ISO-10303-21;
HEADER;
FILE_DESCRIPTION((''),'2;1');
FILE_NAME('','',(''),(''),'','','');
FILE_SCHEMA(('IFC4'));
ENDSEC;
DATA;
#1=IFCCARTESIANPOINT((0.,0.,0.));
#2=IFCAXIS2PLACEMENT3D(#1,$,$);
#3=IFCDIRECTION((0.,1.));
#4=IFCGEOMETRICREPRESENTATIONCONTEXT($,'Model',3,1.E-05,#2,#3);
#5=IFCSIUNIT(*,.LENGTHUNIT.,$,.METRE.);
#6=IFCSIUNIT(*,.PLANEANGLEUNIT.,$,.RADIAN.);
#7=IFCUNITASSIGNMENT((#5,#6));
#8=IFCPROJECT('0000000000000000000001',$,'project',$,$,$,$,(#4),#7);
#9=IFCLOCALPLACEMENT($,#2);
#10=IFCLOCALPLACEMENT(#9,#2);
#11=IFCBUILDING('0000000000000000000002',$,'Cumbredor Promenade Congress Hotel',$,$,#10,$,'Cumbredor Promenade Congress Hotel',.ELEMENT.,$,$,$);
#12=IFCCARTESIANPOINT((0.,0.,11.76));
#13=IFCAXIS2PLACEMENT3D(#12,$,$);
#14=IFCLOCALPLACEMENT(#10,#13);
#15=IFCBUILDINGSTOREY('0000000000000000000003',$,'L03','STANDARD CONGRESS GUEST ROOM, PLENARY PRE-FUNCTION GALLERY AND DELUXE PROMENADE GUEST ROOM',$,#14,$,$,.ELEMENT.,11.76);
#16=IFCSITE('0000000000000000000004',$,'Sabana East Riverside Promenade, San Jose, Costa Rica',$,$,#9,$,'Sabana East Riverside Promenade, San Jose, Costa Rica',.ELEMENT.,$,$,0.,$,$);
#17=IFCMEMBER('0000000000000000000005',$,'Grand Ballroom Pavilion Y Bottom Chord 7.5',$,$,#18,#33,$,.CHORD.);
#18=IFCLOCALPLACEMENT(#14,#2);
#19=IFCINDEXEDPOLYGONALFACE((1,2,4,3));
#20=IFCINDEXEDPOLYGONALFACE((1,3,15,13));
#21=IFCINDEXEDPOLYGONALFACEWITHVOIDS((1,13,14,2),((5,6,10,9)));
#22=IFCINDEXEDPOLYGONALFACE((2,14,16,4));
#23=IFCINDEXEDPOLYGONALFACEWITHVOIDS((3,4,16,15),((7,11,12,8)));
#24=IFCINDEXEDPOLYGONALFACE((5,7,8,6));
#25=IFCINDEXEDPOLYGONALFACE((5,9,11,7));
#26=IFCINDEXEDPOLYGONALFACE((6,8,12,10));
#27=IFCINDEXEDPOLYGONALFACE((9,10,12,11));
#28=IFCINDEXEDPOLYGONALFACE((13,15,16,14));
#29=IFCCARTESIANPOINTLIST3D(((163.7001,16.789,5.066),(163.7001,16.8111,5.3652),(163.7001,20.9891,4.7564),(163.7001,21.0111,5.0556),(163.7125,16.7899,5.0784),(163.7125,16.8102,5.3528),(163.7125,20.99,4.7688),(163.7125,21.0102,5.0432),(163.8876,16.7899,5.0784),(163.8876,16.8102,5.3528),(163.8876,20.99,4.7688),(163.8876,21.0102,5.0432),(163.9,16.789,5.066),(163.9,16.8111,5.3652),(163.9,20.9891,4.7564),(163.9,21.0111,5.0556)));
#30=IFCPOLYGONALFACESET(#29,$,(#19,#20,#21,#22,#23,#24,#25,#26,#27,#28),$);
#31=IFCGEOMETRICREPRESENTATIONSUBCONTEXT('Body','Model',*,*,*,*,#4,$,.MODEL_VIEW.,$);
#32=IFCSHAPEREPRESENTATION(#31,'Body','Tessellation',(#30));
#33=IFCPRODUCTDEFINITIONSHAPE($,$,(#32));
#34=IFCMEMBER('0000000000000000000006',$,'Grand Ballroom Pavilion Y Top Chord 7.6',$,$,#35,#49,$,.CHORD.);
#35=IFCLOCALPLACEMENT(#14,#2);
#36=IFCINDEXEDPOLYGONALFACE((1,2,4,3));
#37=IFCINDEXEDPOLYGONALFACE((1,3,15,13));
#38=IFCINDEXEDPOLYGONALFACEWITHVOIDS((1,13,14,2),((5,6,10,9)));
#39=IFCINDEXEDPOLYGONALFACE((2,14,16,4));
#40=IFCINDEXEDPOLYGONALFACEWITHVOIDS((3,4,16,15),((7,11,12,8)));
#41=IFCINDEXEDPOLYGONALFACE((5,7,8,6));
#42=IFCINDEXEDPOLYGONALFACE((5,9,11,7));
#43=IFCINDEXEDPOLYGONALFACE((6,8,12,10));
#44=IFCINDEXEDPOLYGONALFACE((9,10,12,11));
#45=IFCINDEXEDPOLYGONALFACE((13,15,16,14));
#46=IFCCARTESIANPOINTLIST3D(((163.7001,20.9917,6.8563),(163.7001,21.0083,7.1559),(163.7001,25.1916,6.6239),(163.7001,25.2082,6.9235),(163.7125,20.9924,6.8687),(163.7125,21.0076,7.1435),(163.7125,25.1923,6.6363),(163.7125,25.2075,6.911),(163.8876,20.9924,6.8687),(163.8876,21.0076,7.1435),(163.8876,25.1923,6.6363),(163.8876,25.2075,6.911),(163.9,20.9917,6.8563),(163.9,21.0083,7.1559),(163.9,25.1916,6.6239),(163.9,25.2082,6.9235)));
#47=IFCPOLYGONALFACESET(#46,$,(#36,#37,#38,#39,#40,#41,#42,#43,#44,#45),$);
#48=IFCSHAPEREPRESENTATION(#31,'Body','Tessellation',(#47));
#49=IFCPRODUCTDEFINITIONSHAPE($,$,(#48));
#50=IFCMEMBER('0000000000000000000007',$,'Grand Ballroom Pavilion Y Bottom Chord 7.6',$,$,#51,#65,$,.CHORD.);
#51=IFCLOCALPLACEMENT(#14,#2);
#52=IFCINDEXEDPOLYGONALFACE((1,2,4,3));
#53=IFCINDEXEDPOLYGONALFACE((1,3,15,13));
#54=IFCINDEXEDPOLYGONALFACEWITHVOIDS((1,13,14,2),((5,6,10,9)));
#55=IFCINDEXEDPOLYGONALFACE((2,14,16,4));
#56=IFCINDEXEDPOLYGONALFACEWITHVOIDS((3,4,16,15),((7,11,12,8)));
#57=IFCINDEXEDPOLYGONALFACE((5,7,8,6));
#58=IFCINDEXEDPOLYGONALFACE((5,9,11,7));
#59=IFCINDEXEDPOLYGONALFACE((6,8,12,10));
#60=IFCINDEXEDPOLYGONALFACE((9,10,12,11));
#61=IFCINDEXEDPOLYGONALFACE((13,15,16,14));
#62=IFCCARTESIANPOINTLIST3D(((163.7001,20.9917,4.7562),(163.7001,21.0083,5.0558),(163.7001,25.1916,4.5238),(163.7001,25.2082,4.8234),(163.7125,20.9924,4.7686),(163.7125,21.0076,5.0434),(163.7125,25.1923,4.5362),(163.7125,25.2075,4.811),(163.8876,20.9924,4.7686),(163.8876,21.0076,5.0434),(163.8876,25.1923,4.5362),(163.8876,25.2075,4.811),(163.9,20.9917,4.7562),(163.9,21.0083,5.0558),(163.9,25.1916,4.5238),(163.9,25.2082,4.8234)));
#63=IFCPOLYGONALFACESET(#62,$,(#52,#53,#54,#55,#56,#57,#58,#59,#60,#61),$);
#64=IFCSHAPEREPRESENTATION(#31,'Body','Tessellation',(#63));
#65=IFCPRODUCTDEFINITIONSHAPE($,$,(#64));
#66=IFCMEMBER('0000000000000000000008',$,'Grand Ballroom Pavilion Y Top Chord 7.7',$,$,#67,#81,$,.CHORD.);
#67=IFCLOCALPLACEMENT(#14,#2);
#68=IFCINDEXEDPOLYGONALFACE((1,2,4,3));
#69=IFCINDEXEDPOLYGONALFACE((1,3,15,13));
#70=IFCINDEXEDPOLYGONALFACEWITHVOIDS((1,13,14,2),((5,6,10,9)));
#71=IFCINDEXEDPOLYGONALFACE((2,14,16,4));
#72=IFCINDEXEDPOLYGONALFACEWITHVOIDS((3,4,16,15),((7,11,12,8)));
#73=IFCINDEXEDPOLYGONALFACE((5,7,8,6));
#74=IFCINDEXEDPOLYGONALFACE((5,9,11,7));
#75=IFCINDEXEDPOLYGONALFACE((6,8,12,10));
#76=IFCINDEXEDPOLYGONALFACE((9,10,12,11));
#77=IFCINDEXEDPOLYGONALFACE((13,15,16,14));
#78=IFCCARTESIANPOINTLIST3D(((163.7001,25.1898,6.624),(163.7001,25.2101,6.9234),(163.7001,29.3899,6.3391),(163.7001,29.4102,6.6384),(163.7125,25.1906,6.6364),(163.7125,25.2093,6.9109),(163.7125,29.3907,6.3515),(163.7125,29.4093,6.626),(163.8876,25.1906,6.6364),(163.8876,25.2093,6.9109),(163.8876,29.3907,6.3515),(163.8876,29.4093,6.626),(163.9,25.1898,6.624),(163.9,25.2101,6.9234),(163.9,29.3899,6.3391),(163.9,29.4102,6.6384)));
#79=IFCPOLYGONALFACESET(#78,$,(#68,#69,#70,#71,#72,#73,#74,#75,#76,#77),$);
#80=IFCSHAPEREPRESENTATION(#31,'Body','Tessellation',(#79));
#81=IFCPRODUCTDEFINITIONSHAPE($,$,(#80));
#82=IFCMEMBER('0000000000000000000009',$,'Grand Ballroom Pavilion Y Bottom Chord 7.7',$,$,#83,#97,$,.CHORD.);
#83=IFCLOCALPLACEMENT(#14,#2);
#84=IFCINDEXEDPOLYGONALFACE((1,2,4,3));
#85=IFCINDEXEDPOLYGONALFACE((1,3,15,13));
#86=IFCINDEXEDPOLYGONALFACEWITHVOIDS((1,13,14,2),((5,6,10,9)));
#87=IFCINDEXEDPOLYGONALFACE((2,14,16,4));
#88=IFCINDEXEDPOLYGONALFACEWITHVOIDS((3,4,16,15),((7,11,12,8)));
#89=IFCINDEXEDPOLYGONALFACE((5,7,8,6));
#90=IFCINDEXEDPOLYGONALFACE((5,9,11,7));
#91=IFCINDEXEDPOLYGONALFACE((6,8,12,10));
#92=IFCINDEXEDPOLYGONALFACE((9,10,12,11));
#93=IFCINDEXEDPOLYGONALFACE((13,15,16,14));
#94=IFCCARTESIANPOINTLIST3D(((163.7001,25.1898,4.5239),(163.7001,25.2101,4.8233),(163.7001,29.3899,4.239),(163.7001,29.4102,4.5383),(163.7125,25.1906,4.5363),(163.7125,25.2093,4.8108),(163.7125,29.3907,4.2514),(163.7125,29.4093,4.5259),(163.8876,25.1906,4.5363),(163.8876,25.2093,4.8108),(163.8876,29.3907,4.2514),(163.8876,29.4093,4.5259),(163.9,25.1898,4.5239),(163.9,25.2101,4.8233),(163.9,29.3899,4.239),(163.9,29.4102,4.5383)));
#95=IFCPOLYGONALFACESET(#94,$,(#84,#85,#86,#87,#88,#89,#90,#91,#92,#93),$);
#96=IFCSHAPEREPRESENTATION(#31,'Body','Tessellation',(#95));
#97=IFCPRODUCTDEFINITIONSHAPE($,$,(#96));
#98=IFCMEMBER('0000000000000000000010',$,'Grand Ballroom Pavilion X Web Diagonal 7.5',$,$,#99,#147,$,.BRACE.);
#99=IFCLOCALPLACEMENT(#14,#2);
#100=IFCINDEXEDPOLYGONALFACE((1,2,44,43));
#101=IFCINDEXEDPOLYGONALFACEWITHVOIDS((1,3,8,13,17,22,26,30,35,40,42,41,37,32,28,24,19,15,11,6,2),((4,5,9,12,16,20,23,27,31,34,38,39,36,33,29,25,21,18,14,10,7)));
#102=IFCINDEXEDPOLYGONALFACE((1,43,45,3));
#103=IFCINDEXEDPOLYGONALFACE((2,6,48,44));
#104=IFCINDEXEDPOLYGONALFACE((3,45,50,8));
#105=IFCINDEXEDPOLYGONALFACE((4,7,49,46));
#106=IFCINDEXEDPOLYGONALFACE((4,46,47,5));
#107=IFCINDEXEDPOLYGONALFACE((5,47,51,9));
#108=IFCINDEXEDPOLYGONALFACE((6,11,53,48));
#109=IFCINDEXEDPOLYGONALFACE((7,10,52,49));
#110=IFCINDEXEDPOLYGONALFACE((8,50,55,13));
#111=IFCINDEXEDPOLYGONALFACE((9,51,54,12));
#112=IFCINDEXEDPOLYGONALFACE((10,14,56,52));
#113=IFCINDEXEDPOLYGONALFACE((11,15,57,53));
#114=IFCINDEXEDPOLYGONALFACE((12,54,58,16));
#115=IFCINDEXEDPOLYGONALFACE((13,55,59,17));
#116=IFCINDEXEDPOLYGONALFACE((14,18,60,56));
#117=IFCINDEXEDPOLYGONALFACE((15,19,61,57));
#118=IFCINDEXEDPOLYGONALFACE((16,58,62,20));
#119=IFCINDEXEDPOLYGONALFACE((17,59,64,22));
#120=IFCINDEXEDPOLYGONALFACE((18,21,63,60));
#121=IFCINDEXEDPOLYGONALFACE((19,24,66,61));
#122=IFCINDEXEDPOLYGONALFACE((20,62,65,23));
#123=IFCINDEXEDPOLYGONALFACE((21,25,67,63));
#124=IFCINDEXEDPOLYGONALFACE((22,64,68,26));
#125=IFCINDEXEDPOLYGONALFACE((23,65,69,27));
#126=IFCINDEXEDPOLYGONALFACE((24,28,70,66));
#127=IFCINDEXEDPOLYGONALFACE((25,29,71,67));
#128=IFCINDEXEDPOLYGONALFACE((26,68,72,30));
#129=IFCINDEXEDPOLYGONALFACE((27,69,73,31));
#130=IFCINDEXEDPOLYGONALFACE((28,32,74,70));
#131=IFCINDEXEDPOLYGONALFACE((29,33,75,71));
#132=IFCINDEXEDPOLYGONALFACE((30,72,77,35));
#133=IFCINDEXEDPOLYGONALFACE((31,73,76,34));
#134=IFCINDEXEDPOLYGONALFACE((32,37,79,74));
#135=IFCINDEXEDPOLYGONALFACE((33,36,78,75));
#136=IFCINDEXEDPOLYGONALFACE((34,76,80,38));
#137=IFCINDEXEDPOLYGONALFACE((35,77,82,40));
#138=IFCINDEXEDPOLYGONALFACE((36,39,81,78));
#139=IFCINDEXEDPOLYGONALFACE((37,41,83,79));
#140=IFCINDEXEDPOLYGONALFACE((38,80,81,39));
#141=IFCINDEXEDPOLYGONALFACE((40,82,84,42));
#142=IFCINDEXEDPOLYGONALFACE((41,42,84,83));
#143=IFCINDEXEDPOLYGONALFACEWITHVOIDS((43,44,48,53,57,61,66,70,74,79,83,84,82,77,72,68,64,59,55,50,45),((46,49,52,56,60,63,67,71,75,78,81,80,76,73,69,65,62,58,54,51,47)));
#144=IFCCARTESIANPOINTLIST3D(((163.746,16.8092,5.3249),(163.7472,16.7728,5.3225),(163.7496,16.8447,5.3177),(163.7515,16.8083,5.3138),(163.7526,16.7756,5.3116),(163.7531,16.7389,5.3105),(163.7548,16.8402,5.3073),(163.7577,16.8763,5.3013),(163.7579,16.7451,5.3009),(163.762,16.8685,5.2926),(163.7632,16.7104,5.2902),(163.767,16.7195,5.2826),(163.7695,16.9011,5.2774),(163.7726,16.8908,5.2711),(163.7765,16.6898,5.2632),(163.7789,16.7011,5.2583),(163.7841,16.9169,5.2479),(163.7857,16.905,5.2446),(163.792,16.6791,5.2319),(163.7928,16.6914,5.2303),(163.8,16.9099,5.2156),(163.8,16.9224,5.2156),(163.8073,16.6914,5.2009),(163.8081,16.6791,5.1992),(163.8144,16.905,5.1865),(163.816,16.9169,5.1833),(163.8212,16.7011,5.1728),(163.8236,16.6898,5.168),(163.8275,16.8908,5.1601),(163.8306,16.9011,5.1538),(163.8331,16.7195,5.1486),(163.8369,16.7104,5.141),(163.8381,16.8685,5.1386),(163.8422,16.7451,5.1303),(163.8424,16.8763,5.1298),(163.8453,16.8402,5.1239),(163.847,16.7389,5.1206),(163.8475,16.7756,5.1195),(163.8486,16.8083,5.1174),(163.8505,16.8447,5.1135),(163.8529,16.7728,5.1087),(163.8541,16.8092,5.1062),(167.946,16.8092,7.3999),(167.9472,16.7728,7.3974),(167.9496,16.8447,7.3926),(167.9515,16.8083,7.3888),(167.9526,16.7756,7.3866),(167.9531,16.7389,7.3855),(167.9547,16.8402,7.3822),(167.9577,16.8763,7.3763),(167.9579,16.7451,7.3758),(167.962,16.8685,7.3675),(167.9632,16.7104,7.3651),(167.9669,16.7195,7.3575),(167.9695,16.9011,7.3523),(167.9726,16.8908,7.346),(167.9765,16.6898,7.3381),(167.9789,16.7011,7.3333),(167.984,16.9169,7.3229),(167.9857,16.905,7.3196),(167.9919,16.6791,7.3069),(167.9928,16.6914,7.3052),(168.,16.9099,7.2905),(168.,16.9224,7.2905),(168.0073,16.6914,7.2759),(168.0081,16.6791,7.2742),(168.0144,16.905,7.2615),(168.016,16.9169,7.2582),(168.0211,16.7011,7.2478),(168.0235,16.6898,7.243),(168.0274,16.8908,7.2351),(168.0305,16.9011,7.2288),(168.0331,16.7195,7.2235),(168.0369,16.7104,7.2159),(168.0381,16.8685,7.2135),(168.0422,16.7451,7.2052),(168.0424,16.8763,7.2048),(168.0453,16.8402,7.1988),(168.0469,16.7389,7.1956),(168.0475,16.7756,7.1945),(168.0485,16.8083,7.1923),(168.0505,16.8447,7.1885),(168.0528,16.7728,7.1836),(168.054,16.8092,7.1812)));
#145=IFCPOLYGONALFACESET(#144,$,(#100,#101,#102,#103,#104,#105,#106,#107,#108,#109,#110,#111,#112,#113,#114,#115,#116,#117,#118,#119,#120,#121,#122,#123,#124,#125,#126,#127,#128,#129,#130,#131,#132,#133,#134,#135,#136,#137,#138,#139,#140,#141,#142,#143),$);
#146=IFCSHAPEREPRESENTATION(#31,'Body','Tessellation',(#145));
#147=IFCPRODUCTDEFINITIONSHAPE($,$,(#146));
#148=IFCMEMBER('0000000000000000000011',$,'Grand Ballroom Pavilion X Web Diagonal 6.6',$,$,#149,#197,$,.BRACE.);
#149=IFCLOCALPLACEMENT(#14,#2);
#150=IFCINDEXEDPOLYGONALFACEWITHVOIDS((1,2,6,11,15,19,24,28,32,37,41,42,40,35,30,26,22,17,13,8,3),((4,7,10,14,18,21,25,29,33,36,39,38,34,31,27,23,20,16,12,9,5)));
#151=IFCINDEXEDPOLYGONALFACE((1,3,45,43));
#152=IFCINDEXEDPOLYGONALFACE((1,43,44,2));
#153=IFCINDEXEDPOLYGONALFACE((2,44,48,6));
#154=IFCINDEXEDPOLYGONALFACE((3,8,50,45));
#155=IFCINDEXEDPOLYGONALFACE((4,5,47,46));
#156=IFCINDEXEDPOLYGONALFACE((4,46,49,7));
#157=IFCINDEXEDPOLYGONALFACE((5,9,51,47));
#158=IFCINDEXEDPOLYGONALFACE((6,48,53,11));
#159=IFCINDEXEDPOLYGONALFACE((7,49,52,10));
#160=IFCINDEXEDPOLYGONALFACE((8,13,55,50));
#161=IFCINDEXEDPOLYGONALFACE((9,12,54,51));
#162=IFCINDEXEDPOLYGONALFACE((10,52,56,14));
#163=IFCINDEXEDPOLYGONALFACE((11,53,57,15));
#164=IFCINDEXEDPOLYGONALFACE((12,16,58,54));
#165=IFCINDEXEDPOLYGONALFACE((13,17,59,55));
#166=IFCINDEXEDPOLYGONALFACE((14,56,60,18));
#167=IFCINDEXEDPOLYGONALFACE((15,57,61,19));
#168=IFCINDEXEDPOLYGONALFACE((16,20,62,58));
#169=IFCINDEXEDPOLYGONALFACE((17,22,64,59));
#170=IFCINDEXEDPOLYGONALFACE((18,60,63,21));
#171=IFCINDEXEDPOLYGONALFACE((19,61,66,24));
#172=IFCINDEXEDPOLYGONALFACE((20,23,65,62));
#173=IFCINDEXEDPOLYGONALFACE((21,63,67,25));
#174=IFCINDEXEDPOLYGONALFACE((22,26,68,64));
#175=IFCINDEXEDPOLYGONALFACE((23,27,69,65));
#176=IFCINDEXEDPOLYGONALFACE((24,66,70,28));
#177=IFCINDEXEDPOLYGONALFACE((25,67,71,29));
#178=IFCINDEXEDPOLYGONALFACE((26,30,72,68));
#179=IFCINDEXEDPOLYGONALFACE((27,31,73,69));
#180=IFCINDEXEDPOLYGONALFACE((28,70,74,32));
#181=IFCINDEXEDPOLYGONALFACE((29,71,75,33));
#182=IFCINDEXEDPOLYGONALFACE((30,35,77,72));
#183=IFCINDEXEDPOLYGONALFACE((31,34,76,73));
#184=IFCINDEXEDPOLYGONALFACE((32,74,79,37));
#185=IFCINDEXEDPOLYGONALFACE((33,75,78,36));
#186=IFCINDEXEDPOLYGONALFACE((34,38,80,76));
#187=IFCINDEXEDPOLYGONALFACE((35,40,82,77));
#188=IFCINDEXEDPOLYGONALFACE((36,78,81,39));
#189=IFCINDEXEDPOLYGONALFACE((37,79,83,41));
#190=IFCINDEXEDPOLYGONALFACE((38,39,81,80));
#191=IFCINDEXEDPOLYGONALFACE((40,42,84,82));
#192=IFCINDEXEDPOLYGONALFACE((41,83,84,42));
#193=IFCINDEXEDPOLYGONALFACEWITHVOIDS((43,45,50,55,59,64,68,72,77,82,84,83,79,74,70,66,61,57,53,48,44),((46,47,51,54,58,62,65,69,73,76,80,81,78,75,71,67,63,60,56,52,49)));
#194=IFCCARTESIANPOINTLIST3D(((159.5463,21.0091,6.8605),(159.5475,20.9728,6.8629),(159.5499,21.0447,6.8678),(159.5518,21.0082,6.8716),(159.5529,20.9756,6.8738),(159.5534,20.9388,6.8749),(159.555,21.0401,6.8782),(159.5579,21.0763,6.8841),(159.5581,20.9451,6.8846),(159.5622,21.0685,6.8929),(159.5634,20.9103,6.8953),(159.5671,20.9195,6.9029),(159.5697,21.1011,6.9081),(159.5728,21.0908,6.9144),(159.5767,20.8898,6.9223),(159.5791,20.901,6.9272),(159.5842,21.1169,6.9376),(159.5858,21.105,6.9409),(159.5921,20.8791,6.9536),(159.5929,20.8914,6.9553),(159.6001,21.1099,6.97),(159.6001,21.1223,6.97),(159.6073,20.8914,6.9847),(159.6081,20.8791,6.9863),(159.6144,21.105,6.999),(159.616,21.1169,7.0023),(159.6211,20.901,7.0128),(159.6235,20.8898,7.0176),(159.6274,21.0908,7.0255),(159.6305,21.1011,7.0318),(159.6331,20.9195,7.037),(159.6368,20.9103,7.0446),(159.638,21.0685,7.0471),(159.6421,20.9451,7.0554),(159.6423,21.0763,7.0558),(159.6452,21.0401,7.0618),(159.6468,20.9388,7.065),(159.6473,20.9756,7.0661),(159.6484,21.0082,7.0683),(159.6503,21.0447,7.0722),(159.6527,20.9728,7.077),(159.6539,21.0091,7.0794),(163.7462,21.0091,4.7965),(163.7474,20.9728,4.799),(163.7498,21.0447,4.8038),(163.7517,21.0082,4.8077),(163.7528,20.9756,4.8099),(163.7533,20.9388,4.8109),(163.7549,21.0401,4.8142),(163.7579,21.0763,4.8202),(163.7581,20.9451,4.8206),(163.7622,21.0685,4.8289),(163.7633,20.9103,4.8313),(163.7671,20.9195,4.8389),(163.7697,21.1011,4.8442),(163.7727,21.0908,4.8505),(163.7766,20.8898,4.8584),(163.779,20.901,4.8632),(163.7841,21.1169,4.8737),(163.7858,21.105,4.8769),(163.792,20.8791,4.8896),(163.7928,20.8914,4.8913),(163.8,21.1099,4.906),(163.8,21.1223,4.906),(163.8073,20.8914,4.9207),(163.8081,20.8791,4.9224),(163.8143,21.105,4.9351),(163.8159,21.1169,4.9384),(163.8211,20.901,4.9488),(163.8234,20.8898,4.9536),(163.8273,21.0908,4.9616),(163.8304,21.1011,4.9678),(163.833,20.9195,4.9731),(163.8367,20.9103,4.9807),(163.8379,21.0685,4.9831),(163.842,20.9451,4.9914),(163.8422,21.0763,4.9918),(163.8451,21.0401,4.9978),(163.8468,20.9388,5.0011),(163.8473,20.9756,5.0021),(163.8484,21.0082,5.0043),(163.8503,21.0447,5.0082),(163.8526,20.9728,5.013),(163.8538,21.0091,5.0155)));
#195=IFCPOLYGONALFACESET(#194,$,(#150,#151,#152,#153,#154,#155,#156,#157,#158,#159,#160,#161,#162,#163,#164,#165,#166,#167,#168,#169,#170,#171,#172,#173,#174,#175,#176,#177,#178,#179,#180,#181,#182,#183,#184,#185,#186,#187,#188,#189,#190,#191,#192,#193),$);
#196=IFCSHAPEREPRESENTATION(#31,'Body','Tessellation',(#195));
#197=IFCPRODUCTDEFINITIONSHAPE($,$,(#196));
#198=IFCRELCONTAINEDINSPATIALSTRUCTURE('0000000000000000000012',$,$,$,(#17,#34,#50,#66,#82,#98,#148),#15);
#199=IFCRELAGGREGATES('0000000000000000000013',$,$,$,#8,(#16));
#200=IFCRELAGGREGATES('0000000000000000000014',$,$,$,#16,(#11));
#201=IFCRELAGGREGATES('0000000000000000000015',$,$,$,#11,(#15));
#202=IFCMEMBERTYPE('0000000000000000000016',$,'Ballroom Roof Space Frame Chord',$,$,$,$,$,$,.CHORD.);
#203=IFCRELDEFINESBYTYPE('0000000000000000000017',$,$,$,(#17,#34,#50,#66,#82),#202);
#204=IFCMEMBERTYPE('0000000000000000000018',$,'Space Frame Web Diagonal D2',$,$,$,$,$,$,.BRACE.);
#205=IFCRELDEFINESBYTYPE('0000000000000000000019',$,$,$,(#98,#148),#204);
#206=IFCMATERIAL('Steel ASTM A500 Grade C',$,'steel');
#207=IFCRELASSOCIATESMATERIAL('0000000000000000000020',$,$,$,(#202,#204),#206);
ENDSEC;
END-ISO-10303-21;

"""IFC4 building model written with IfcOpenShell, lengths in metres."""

from ifc_helpers import new_model, si_unit, direction, frame, origin, origin_2d, place, context, subcontext, project, spatial, hollow_rectangle, hollow_circle, extrude, material, material_profile, profile_set, type_object, element, save


model = new_model("IFC4")

# Units and contexts
model_context = context("Model", 3, precision=1e-05, world=origin(), true_north=direction((0.0, 1.0)))
body_context = subcontext(model_context, "Body", "Model", "MODEL_VIEW")
ifc_project = project(units=[si_unit("LENGTHUNIT", "METRE"), si_unit("PLANEANGLEUNIT", "RADIAN")], contexts=[model_context])

# Site, building, storey
site_placement = place(None, origin())
site = spatial("IfcSite", under=ifc_project, at=site_placement, Name="Sabana East Riverside Promenade, San Jose, Costa Rica", LongName="Sabana East Riverside Promenade, San Jose, Costa Rica", CompositionType="ELEMENT", RefElevation=0.0)
building_placement = place(site_placement, origin())
building = spatial("IfcBuilding", under=site, at=building_placement, Name="Cumbredor Promenade Congress Hotel", LongName="Cumbredor Promenade Congress Hotel", CompositionType="ELEMENT")
storey_placement = place(building_placement, frame((0.0, 0.0, 11.76)))
storey = spatial("IfcBuildingStorey", under=building, at=storey_placement, Name="L03", Description="STANDARD CONGRESS GUEST ROOM, PLENARY PRE-FUNCTION GALLERY AND DELUXE PROMENADE GUEST ROOM", CompositionType="ELEMENT", Elevation=11.76)

# Members
ifc_material_1 = material(Name="Steel ASTM A500 Grade C", Category="steel")
ifc_material_profile_1 = material_profile(ifc_material_1, hollow_rectangle(XDim=0.2, YDim=0.3, WallThickness=0.0125, at=origin_2d()), Name="HSS 300x200x12.5")
ifc_profile_set_1 = profile_set([ifc_material_profile_1], Name="Steel ASTM A500 Grade C")
member_type_1 = type_object("IfcMemberType", Name="Ballroom Roof Space Frame Chord", PredefinedType="CHORD", material=ifc_profile_set_1)
for number, where, z_axis, x_axis, name in (
    (1, (163.8, 16.8, 5.2156), (0.0, 0.997295, -0.073509), (-1.0, 0.0, 0.0), "Grand Ballroom Pavilion Y Bottom Chord 7.5"),
):
    element("IfcMember", number, at=place(storey_placement, frame(where, z_axis=z_axis, x_axis=x_axis)), inside=storey, type_object=member_type_1, Name=name, PredefinedType="CHORD", context=body_context, shape_type="SweptSolid", body=[
        extrude(hollow_rectangle(XDim=0.2, YDim=0.3, WallThickness=0.0125, at=origin_2d()), origin(), (0.0, 0.0, 1.0), 4.2114),
    ])
for number, where, z_axis, x_axis, name in (
    (2, (163.8, 21.0, 7.0061), (0.0, 0.998472, -0.055255), (-1.0, 0.0, 0.0), "Grand Ballroom Pavilion Y Top Chord 7.6"),
    (3, (163.8, 21.0, 4.906), (0.0, 0.998472, -0.055255), (-1.0, 0.0, 0.0), "Grand Ballroom Pavilion Y Bottom Chord 7.6"),
):
    element("IfcMember", number, at=place(storey_placement, frame(where, z_axis=z_axis, x_axis=x_axis)), inside=storey, type_object=member_type_1, Name=name, PredefinedType="CHORD", context=body_context, shape_type="SweptSolid", body=[
        extrude(hollow_rectangle(XDim=0.2, YDim=0.3, WallThickness=0.0125, at=origin_2d()), origin(), (0.0, 0.0, 1.0), 4.2063),
    ])
for number, where, z_axis, x_axis, name in (
    (4, (163.8, 25.2, 6.7737), (0.0, 0.997707, -0.067681), (-1.0, 0.0, 0.0), "Grand Ballroom Pavilion Y Top Chord 7.7"),
    (5, (163.8, 25.2, 4.6736), (0.0, 0.997707, -0.067681), (-1.0, 0.0, 0.0), "Grand Ballroom Pavilion Y Bottom Chord 7.7"),
):
    element("IfcMember", number, at=place(storey_placement, frame(where, z_axis=z_axis, x_axis=x_axis)), inside=storey, type_object=member_type_1, Name=name, PredefinedType="CHORD", context=body_context, shape_type="SweptSolid", body=[
        extrude(hollow_rectangle(XDim=0.2, YDim=0.3, WallThickness=0.0125, at=origin_2d()), origin(), (0.0, 0.0, 1.0), 4.2097),
    ])
ifc_material_profile_2 = material_profile(ifc_material_1, hollow_circle(Radius=0.1223, WallThickness=0.0125, at=origin_2d()), Name="CHS 244.5x12.5")
ifc_profile_set_2 = profile_set([ifc_material_profile_2], Name="Steel ASTM A500 Grade C")
member_type_2 = type_object("IfcMemberType", Name="Space Frame Web Diagonal D2", PredefinedType="BRACE", material=ifc_profile_set_2)
member_1_placement = place(storey_placement, frame((163.8, 16.8, 5.2156), z_axis=(0.896554, 0.0, 0.442935), x_axis=(0.0, 1.0, 0.0)))
element("IfcMember", 6, at=member_1_placement, inside=storey, type_object=member_type_2, Name="Grand Ballroom Pavilion X Web Diagonal 7.5", PredefinedType="BRACE", context=body_context, shape_type="SweptSolid", body=[
    extrude(hollow_circle(Radius=0.1223, WallThickness=0.0125, at=origin_2d()), origin(), (0.0, 0.0, 1.0), 4.6846),
])
for number, where, z_axis, x_axis, name in (
    (7, (159.6001, 21.0, 6.97), (0.897484, 0.0, -0.441047), (0.0, 1.0, 0.0), "Grand Ballroom Pavilion X Web Diagonal 6.6"),
):
    element("IfcMember", number, at=place(storey_placement, frame(where, z_axis=z_axis, x_axis=x_axis)), inside=storey, type_object=member_type_2, Name=name, PredefinedType="BRACE", context=body_context, shape_type="SweptSolid", body=[
        extrude(hollow_circle(Radius=0.1223, WallThickness=0.0125, at=origin_2d()), origin(), (0.0, 0.0, 1.0), 4.6797),
    ])

save(model, "model.ifc")
